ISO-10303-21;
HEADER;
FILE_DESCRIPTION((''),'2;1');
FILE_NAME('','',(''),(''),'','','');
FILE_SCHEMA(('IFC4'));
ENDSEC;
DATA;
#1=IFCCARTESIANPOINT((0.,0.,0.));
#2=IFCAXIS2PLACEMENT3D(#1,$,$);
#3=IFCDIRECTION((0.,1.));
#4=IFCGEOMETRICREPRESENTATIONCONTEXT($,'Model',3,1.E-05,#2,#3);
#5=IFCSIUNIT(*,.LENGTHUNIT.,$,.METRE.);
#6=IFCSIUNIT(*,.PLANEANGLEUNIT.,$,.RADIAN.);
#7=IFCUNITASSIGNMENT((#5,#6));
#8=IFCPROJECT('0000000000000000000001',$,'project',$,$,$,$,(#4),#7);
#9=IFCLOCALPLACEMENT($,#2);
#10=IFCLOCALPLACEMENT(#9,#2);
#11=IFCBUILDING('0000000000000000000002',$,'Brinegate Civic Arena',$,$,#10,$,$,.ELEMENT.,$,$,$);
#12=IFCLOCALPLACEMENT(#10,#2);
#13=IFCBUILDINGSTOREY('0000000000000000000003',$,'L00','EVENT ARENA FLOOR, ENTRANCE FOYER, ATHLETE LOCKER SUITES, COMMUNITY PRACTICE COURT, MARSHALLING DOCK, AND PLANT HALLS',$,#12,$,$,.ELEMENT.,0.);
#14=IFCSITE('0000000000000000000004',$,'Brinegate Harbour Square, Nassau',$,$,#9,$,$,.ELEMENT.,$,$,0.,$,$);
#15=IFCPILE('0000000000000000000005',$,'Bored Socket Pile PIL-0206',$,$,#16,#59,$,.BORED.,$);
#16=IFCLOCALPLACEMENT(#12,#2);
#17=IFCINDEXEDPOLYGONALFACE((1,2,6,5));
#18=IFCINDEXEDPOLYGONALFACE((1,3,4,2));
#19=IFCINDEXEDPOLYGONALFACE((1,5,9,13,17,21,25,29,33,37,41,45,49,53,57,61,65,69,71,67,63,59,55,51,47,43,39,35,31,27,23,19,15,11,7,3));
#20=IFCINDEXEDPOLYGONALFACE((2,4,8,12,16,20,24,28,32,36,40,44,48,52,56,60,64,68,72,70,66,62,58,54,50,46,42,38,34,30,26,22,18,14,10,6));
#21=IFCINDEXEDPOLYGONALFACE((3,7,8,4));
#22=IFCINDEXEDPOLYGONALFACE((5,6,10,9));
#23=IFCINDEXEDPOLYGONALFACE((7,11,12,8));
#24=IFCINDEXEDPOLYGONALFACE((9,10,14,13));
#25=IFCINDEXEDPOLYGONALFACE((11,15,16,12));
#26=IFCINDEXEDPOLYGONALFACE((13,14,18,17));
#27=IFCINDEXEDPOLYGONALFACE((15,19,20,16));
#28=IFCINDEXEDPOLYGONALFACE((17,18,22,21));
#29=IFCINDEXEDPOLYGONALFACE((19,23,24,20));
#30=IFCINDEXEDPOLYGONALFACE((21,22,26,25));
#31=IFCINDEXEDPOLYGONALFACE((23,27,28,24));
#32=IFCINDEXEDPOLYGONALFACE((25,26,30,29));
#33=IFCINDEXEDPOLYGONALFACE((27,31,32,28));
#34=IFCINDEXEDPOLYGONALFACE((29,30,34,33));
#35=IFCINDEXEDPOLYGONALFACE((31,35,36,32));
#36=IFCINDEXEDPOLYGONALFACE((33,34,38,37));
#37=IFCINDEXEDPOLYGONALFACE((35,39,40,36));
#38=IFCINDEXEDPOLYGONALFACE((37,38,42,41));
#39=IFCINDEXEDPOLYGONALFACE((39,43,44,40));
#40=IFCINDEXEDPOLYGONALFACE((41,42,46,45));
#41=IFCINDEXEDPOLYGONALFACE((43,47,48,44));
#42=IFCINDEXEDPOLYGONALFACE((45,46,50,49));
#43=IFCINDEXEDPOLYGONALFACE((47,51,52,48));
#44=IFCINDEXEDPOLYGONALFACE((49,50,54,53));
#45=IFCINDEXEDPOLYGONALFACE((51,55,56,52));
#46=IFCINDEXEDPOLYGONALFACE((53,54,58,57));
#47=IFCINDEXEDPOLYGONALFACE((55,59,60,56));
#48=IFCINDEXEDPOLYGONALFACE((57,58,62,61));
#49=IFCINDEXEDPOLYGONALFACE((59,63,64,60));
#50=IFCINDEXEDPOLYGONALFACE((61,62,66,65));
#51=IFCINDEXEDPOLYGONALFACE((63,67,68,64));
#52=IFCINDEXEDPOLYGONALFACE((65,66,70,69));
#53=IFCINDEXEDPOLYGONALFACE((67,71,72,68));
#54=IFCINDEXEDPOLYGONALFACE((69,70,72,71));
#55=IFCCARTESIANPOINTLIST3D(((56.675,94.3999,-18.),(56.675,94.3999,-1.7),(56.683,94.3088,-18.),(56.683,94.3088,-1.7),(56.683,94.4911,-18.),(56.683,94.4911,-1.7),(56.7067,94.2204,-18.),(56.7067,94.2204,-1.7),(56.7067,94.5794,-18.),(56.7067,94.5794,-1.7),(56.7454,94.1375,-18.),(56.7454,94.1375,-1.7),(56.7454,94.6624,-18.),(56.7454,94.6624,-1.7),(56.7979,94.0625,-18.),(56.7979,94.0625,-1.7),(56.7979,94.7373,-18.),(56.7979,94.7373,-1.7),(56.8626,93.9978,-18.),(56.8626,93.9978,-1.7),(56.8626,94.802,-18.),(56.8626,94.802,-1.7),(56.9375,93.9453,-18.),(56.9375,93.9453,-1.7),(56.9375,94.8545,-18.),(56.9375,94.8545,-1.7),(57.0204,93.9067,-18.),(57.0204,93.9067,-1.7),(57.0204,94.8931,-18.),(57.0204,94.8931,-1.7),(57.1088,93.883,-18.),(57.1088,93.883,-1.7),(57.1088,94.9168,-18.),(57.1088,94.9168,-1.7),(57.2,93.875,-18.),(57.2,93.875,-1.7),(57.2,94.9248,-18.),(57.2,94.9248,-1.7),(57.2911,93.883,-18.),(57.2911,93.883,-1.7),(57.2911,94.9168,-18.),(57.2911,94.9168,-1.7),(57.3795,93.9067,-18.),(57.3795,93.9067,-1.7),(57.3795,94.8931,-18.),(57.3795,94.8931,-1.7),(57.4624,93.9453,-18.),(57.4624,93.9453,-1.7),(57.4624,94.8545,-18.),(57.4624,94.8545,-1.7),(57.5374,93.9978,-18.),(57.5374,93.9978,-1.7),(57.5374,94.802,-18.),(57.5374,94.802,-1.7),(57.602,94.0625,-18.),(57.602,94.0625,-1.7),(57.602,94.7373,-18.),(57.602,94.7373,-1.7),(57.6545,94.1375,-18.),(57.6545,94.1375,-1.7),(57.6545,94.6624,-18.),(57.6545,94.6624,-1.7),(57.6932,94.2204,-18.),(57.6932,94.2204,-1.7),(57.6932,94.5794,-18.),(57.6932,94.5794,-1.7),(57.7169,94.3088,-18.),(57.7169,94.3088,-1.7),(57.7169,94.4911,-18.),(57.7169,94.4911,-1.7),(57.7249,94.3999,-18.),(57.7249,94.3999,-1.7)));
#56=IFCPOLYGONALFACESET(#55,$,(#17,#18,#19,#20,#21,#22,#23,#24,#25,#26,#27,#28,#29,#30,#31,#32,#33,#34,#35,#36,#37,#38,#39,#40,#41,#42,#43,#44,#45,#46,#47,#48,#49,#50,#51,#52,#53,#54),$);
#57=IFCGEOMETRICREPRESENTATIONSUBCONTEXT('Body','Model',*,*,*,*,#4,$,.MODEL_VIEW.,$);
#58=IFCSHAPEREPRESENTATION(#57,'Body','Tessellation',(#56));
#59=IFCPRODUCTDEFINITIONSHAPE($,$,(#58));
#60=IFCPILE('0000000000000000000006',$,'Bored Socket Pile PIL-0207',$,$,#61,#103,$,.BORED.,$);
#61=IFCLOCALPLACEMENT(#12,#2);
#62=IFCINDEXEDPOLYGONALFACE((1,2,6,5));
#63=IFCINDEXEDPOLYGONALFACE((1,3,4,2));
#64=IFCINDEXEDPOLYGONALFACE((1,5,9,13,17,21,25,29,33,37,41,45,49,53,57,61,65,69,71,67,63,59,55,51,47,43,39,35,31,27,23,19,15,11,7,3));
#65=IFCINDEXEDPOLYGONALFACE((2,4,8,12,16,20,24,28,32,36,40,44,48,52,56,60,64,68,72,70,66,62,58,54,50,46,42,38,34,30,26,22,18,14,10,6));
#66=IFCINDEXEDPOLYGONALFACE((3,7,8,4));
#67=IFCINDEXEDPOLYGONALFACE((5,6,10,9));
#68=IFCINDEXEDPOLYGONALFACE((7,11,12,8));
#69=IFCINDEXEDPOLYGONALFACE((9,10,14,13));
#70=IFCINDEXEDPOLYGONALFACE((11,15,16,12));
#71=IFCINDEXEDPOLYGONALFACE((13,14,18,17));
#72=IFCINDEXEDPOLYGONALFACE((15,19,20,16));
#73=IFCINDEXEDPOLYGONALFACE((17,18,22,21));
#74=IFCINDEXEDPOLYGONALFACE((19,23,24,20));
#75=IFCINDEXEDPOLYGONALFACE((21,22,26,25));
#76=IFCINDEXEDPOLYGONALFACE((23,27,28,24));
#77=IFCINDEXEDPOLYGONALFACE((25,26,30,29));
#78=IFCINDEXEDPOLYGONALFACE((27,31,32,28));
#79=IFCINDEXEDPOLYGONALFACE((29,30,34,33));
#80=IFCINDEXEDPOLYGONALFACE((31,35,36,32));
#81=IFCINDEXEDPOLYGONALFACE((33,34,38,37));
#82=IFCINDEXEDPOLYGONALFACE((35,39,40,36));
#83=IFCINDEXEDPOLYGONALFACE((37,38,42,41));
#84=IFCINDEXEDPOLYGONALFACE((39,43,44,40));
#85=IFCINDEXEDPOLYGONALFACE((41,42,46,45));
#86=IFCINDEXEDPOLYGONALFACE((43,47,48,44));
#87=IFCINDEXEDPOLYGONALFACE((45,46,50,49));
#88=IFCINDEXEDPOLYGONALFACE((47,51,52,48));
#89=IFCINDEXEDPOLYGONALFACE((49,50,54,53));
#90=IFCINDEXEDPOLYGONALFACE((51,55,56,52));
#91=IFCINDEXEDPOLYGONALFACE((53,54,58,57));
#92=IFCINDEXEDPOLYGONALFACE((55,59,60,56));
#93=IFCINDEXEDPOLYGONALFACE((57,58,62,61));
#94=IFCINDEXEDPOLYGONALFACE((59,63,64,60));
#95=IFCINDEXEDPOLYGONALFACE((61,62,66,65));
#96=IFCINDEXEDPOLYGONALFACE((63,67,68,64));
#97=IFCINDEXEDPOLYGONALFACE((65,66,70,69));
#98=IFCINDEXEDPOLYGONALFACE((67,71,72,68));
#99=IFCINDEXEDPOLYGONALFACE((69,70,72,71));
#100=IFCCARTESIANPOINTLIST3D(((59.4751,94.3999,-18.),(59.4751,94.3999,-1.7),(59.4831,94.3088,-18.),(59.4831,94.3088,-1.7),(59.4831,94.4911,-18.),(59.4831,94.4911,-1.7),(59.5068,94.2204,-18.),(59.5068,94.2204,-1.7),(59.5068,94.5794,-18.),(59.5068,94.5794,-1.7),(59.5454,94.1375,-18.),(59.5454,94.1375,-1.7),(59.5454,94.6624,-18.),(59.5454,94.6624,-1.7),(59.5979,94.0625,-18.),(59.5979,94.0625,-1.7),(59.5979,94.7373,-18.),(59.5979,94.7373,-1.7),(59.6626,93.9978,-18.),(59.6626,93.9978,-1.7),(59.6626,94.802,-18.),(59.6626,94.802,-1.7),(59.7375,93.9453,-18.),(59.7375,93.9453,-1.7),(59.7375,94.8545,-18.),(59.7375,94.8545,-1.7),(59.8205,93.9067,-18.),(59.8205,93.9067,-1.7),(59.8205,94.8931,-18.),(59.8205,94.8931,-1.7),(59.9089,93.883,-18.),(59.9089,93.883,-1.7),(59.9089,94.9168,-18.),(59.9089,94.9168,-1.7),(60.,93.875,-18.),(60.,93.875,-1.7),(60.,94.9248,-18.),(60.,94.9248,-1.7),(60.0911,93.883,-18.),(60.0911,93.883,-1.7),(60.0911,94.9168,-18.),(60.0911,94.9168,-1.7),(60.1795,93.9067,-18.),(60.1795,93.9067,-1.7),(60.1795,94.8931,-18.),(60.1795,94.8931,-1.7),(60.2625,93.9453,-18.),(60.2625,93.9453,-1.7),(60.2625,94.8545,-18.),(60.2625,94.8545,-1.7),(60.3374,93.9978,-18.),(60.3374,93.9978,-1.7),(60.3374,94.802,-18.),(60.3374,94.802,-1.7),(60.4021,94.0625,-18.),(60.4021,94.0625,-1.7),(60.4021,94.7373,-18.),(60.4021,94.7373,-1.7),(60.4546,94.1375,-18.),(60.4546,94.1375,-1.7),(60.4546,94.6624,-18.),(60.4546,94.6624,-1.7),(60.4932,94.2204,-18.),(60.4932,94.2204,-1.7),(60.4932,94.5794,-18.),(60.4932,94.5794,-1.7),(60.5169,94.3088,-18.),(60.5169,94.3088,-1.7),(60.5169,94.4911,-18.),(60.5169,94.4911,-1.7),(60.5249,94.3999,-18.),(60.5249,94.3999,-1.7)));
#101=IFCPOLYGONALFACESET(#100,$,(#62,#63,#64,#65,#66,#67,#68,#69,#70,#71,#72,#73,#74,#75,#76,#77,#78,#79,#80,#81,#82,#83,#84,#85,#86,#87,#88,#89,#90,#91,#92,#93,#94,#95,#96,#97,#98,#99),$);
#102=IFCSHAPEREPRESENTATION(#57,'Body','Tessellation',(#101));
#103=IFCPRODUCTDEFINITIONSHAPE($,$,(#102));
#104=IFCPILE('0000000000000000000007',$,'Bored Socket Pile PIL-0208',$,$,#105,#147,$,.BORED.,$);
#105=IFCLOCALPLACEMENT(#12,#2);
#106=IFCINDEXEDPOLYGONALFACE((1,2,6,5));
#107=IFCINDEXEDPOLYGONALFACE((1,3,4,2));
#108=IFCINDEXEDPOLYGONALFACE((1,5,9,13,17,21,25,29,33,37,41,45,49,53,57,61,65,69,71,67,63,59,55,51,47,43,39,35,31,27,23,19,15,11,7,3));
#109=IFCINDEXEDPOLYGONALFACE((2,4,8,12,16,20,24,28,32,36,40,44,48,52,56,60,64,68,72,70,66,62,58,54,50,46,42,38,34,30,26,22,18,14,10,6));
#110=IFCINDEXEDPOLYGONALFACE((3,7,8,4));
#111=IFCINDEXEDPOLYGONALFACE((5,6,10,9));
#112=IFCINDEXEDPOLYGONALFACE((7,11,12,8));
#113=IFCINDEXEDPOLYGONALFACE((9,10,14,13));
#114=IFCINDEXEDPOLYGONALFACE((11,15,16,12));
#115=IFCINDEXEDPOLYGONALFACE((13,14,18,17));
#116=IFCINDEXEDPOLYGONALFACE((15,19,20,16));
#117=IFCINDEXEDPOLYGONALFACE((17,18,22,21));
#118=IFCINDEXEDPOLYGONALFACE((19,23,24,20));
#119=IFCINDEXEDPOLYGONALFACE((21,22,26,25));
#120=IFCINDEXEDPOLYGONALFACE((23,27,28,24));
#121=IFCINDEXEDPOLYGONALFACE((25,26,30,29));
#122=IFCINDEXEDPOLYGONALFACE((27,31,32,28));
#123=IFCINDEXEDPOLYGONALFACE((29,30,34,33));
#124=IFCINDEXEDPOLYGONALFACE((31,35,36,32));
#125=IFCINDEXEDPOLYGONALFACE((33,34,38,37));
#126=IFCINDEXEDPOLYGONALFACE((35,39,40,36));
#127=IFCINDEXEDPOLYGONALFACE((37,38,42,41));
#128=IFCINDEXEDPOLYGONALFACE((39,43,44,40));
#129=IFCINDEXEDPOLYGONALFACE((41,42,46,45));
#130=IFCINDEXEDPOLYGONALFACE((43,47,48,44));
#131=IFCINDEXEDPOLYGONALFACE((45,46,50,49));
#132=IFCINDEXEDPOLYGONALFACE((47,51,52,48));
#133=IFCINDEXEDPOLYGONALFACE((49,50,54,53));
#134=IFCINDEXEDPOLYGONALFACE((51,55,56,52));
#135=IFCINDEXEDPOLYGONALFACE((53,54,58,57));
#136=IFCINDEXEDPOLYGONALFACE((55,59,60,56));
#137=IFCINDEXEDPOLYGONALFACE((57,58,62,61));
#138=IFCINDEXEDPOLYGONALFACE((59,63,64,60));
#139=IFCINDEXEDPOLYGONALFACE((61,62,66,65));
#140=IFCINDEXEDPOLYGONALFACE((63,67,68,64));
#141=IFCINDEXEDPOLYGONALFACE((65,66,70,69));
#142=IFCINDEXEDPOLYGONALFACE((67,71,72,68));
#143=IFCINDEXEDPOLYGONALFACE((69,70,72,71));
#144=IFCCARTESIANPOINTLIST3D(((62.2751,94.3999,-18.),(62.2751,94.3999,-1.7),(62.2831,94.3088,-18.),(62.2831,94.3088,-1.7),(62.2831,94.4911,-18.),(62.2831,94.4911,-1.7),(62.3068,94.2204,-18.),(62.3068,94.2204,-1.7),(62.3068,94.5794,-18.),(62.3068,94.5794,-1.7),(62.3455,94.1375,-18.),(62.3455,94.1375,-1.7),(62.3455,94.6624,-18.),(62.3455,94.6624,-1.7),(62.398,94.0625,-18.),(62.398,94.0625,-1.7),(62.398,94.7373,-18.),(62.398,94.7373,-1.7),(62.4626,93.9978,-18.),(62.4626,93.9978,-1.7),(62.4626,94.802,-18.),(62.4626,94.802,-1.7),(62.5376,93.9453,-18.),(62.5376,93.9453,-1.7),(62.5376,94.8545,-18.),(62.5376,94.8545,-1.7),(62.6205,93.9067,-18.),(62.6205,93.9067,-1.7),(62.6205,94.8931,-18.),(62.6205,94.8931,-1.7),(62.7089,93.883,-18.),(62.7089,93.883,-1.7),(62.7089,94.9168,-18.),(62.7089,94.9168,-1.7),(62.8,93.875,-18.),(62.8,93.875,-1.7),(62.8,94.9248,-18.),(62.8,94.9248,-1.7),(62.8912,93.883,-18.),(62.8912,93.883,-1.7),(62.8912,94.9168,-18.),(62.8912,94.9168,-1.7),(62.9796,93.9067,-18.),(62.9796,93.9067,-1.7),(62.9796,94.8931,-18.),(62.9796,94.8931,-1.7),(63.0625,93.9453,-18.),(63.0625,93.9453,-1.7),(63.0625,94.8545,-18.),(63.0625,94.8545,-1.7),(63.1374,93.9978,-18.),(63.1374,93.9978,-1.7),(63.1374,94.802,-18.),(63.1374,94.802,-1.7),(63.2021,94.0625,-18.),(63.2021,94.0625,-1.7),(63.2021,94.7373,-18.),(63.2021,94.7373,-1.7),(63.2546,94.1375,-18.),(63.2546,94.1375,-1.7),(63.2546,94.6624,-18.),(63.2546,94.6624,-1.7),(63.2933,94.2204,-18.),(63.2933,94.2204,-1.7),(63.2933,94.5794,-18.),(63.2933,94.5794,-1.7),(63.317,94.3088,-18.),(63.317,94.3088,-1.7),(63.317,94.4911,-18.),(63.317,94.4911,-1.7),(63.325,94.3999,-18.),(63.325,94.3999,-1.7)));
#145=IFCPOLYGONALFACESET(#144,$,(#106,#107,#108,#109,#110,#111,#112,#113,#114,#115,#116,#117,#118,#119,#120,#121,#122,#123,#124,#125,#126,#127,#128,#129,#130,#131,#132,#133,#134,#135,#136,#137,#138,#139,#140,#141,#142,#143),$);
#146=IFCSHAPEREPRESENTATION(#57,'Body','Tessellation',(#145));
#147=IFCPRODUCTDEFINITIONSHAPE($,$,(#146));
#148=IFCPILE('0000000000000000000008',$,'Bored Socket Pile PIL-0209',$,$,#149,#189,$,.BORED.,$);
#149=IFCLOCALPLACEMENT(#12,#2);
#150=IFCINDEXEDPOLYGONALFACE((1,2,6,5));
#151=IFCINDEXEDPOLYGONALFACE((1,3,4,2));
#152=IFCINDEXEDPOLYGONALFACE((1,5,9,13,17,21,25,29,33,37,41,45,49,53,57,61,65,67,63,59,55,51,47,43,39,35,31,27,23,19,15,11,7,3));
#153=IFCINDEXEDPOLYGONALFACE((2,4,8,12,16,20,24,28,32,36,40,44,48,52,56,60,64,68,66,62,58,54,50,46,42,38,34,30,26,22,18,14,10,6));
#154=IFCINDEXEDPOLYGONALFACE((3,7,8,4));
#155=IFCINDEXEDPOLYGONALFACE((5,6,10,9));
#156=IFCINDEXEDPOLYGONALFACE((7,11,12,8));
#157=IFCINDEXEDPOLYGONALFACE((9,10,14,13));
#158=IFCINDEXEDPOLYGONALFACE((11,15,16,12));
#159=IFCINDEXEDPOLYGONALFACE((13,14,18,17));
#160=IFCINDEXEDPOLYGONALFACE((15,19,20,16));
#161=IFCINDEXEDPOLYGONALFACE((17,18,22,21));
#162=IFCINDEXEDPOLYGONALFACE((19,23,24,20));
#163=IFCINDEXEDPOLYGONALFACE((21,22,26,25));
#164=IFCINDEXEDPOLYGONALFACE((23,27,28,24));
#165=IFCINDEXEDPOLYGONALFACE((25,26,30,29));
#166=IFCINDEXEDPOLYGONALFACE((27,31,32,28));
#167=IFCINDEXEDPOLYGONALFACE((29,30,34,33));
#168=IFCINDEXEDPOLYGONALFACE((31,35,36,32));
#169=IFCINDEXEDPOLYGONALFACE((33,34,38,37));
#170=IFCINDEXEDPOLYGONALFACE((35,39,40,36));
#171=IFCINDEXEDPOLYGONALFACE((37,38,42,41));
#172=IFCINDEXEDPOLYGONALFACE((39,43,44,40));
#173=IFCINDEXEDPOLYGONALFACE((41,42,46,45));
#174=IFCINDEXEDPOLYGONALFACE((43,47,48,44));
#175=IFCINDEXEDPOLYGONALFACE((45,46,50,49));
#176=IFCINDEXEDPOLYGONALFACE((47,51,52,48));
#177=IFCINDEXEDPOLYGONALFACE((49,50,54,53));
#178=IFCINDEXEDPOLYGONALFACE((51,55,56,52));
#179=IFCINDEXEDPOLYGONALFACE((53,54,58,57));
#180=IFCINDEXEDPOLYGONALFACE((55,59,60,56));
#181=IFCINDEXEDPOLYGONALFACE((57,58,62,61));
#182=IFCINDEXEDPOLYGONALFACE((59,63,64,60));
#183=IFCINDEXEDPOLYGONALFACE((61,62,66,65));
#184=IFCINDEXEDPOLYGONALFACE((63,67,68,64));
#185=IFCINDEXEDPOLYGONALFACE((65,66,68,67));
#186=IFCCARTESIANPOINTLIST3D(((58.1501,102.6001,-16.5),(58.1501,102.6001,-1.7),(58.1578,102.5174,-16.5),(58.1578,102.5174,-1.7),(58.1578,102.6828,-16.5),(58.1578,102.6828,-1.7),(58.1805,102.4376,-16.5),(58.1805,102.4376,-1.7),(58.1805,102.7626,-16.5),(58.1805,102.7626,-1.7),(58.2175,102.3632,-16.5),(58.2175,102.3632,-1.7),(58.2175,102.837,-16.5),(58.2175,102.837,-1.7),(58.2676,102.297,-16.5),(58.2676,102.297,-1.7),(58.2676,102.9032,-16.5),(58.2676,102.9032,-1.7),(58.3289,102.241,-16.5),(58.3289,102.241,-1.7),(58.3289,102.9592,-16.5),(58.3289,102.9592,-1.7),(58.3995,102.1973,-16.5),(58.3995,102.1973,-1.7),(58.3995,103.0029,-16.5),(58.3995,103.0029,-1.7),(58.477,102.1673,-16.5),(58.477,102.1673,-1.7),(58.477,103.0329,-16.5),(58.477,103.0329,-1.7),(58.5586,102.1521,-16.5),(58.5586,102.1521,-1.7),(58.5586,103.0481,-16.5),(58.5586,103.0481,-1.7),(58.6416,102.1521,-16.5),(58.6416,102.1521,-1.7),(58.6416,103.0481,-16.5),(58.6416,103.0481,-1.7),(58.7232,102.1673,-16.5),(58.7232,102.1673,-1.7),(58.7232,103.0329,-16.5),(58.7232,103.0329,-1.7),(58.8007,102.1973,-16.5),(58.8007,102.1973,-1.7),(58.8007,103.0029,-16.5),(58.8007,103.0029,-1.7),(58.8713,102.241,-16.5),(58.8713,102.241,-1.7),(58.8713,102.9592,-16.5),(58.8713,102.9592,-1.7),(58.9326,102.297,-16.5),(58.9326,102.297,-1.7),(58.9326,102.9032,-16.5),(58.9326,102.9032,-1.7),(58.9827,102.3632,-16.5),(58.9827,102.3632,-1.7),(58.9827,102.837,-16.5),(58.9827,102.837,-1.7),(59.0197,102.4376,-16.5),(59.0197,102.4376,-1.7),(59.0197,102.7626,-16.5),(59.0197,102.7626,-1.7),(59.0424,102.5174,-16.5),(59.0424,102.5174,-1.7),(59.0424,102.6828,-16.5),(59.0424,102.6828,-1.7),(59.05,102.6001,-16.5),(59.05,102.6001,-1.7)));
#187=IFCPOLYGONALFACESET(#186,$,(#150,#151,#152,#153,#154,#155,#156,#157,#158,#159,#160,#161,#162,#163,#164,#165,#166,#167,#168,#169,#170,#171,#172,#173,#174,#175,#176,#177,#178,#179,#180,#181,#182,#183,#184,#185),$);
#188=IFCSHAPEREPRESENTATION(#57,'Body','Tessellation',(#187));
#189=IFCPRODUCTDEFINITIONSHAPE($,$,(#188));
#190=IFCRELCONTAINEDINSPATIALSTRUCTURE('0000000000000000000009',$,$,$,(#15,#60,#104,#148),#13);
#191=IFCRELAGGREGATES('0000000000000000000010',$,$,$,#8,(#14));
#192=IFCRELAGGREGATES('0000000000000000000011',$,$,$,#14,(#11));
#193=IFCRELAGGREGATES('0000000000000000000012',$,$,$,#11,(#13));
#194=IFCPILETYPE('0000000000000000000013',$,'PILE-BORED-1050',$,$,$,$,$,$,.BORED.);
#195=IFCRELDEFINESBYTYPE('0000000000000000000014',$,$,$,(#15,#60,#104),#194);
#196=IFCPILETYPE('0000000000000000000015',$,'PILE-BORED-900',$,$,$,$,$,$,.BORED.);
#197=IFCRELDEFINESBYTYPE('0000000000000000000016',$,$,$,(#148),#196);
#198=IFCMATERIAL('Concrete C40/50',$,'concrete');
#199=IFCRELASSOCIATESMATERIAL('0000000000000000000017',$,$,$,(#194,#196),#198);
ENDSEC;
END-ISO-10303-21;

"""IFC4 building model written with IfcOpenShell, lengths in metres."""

from ifc_helpers import new_model, si_unit, direction, frame, origin, origin_2d, place, context, subcontext, project, spatial, circle, extrude, material, material_profile, profile_set, type_object, element, save


model = new_model("IFC4")

# Units and contexts
model_context = context("Model", 3, precision=1e-05, world=origin(), true_north=direction((0.0, 1.0)))
body_context = subcontext(model_context, "Body", "Model", "MODEL_VIEW")
ifc_project = project(units=[si_unit("LENGTHUNIT", "METRE"), si_unit("PLANEANGLEUNIT", "RADIAN")], contexts=[model_context])

# Site, building, storey
site_placement = place(None, origin())
site = spatial("IfcSite", under=ifc_project, at=site_placement, Name="Brinegate Harbour Square, Nassau", CompositionType="ELEMENT", RefElevation=0.0)
building_placement = place(site_placement, origin())
building = spatial("IfcBuilding", under=site, at=building_placement, Name="Brinegate Civic Arena", CompositionType="ELEMENT")
storey_placement = place(building_placement, origin())
storey = spatial("IfcBuildingStorey", under=building, at=storey_placement, Name="L00", Description="EVENT ARENA FLOOR, ENTRANCE FOYER, ATHLETE LOCKER SUITES, COMMUNITY PRACTICE COURT, MARSHALLING DOCK, AND PLANT HALLS", CompositionType="ELEMENT", Elevation=0.0)

# Shared definitions
ifc_material_1 = material(Name="Concrete C40/50", Category="concrete")

# Piles
ifc_material_profile_1 = material_profile(ifc_material_1, circle(Radius=0.5249, at=origin_2d()), Name="PILED1050")
ifc_profile_set_1 = profile_set([ifc_material_profile_1], Name="Concrete C40/50")
pile_type_1 = type_object("IfcPileType", Name="PILE-BORED-1050", PredefinedType="BORED", material=ifc_profile_set_1)
for number, where, z_axis, x_axis, name in (
    (1, (57.2, 94.3999, -1.7), (0.0, 0.0, -1.0), (1.0, 0.0, 0.0), "Bored Socket Pile PIL-0206"),
    (2, (60.0, 94.3999, -1.7), (0.0, 0.0, -1.0), (1.0, 0.0, 0.0), "Bored Socket Pile PIL-0207"),
    (3, (62.8, 94.3999, -1.7), (0.0, 0.0, -1.0), (1.0, 0.0, 0.0), "Bored Socket Pile PIL-0208"),
):
    element("IfcPile", number, at=place(storey_placement, frame(where, z_axis=z_axis, x_axis=x_axis)), inside=storey, type_object=pile_type_1, Name=name, PredefinedType="BORED", context=body_context, shape_type="SweptSolid", body=[
        extrude(circle(Radius=0.5249, at=origin_2d()), origin(), (0.0, 0.0, 1.0), 16.3),
    ])
ifc_material_profile_2 = material_profile(ifc_material_1, circle(Radius=0.45, at=origin_2d()), Name="PILED900")
ifc_profile_set_2 = profile_set([ifc_material_profile_2], Name="Concrete C40/50")
pile_type_2 = type_object("IfcPileType", Name="PILE-BORED-900", PredefinedType="BORED", material=ifc_profile_set_2)
for number, where, z_axis, x_axis, name in (
    (4, (58.6001, 102.6001, -1.7), (0.0, 0.0, -1.0), (1.0, 0.0, 0.0), "Bored Socket Pile PIL-0209"),
):
    element("IfcPile", number, at=place(storey_placement, frame(where, z_axis=z_axis, x_axis=x_axis)), inside=storey, type_object=pile_type_2, Name=name, PredefinedType="BORED", context=body_context, shape_type="SweptSolid", body=[
        extrude(circle(Radius=0.45, at=origin_2d()), origin(), (0.0, 0.0, 1.0), 14.8),
    ])

save(model, "model.ifc")
